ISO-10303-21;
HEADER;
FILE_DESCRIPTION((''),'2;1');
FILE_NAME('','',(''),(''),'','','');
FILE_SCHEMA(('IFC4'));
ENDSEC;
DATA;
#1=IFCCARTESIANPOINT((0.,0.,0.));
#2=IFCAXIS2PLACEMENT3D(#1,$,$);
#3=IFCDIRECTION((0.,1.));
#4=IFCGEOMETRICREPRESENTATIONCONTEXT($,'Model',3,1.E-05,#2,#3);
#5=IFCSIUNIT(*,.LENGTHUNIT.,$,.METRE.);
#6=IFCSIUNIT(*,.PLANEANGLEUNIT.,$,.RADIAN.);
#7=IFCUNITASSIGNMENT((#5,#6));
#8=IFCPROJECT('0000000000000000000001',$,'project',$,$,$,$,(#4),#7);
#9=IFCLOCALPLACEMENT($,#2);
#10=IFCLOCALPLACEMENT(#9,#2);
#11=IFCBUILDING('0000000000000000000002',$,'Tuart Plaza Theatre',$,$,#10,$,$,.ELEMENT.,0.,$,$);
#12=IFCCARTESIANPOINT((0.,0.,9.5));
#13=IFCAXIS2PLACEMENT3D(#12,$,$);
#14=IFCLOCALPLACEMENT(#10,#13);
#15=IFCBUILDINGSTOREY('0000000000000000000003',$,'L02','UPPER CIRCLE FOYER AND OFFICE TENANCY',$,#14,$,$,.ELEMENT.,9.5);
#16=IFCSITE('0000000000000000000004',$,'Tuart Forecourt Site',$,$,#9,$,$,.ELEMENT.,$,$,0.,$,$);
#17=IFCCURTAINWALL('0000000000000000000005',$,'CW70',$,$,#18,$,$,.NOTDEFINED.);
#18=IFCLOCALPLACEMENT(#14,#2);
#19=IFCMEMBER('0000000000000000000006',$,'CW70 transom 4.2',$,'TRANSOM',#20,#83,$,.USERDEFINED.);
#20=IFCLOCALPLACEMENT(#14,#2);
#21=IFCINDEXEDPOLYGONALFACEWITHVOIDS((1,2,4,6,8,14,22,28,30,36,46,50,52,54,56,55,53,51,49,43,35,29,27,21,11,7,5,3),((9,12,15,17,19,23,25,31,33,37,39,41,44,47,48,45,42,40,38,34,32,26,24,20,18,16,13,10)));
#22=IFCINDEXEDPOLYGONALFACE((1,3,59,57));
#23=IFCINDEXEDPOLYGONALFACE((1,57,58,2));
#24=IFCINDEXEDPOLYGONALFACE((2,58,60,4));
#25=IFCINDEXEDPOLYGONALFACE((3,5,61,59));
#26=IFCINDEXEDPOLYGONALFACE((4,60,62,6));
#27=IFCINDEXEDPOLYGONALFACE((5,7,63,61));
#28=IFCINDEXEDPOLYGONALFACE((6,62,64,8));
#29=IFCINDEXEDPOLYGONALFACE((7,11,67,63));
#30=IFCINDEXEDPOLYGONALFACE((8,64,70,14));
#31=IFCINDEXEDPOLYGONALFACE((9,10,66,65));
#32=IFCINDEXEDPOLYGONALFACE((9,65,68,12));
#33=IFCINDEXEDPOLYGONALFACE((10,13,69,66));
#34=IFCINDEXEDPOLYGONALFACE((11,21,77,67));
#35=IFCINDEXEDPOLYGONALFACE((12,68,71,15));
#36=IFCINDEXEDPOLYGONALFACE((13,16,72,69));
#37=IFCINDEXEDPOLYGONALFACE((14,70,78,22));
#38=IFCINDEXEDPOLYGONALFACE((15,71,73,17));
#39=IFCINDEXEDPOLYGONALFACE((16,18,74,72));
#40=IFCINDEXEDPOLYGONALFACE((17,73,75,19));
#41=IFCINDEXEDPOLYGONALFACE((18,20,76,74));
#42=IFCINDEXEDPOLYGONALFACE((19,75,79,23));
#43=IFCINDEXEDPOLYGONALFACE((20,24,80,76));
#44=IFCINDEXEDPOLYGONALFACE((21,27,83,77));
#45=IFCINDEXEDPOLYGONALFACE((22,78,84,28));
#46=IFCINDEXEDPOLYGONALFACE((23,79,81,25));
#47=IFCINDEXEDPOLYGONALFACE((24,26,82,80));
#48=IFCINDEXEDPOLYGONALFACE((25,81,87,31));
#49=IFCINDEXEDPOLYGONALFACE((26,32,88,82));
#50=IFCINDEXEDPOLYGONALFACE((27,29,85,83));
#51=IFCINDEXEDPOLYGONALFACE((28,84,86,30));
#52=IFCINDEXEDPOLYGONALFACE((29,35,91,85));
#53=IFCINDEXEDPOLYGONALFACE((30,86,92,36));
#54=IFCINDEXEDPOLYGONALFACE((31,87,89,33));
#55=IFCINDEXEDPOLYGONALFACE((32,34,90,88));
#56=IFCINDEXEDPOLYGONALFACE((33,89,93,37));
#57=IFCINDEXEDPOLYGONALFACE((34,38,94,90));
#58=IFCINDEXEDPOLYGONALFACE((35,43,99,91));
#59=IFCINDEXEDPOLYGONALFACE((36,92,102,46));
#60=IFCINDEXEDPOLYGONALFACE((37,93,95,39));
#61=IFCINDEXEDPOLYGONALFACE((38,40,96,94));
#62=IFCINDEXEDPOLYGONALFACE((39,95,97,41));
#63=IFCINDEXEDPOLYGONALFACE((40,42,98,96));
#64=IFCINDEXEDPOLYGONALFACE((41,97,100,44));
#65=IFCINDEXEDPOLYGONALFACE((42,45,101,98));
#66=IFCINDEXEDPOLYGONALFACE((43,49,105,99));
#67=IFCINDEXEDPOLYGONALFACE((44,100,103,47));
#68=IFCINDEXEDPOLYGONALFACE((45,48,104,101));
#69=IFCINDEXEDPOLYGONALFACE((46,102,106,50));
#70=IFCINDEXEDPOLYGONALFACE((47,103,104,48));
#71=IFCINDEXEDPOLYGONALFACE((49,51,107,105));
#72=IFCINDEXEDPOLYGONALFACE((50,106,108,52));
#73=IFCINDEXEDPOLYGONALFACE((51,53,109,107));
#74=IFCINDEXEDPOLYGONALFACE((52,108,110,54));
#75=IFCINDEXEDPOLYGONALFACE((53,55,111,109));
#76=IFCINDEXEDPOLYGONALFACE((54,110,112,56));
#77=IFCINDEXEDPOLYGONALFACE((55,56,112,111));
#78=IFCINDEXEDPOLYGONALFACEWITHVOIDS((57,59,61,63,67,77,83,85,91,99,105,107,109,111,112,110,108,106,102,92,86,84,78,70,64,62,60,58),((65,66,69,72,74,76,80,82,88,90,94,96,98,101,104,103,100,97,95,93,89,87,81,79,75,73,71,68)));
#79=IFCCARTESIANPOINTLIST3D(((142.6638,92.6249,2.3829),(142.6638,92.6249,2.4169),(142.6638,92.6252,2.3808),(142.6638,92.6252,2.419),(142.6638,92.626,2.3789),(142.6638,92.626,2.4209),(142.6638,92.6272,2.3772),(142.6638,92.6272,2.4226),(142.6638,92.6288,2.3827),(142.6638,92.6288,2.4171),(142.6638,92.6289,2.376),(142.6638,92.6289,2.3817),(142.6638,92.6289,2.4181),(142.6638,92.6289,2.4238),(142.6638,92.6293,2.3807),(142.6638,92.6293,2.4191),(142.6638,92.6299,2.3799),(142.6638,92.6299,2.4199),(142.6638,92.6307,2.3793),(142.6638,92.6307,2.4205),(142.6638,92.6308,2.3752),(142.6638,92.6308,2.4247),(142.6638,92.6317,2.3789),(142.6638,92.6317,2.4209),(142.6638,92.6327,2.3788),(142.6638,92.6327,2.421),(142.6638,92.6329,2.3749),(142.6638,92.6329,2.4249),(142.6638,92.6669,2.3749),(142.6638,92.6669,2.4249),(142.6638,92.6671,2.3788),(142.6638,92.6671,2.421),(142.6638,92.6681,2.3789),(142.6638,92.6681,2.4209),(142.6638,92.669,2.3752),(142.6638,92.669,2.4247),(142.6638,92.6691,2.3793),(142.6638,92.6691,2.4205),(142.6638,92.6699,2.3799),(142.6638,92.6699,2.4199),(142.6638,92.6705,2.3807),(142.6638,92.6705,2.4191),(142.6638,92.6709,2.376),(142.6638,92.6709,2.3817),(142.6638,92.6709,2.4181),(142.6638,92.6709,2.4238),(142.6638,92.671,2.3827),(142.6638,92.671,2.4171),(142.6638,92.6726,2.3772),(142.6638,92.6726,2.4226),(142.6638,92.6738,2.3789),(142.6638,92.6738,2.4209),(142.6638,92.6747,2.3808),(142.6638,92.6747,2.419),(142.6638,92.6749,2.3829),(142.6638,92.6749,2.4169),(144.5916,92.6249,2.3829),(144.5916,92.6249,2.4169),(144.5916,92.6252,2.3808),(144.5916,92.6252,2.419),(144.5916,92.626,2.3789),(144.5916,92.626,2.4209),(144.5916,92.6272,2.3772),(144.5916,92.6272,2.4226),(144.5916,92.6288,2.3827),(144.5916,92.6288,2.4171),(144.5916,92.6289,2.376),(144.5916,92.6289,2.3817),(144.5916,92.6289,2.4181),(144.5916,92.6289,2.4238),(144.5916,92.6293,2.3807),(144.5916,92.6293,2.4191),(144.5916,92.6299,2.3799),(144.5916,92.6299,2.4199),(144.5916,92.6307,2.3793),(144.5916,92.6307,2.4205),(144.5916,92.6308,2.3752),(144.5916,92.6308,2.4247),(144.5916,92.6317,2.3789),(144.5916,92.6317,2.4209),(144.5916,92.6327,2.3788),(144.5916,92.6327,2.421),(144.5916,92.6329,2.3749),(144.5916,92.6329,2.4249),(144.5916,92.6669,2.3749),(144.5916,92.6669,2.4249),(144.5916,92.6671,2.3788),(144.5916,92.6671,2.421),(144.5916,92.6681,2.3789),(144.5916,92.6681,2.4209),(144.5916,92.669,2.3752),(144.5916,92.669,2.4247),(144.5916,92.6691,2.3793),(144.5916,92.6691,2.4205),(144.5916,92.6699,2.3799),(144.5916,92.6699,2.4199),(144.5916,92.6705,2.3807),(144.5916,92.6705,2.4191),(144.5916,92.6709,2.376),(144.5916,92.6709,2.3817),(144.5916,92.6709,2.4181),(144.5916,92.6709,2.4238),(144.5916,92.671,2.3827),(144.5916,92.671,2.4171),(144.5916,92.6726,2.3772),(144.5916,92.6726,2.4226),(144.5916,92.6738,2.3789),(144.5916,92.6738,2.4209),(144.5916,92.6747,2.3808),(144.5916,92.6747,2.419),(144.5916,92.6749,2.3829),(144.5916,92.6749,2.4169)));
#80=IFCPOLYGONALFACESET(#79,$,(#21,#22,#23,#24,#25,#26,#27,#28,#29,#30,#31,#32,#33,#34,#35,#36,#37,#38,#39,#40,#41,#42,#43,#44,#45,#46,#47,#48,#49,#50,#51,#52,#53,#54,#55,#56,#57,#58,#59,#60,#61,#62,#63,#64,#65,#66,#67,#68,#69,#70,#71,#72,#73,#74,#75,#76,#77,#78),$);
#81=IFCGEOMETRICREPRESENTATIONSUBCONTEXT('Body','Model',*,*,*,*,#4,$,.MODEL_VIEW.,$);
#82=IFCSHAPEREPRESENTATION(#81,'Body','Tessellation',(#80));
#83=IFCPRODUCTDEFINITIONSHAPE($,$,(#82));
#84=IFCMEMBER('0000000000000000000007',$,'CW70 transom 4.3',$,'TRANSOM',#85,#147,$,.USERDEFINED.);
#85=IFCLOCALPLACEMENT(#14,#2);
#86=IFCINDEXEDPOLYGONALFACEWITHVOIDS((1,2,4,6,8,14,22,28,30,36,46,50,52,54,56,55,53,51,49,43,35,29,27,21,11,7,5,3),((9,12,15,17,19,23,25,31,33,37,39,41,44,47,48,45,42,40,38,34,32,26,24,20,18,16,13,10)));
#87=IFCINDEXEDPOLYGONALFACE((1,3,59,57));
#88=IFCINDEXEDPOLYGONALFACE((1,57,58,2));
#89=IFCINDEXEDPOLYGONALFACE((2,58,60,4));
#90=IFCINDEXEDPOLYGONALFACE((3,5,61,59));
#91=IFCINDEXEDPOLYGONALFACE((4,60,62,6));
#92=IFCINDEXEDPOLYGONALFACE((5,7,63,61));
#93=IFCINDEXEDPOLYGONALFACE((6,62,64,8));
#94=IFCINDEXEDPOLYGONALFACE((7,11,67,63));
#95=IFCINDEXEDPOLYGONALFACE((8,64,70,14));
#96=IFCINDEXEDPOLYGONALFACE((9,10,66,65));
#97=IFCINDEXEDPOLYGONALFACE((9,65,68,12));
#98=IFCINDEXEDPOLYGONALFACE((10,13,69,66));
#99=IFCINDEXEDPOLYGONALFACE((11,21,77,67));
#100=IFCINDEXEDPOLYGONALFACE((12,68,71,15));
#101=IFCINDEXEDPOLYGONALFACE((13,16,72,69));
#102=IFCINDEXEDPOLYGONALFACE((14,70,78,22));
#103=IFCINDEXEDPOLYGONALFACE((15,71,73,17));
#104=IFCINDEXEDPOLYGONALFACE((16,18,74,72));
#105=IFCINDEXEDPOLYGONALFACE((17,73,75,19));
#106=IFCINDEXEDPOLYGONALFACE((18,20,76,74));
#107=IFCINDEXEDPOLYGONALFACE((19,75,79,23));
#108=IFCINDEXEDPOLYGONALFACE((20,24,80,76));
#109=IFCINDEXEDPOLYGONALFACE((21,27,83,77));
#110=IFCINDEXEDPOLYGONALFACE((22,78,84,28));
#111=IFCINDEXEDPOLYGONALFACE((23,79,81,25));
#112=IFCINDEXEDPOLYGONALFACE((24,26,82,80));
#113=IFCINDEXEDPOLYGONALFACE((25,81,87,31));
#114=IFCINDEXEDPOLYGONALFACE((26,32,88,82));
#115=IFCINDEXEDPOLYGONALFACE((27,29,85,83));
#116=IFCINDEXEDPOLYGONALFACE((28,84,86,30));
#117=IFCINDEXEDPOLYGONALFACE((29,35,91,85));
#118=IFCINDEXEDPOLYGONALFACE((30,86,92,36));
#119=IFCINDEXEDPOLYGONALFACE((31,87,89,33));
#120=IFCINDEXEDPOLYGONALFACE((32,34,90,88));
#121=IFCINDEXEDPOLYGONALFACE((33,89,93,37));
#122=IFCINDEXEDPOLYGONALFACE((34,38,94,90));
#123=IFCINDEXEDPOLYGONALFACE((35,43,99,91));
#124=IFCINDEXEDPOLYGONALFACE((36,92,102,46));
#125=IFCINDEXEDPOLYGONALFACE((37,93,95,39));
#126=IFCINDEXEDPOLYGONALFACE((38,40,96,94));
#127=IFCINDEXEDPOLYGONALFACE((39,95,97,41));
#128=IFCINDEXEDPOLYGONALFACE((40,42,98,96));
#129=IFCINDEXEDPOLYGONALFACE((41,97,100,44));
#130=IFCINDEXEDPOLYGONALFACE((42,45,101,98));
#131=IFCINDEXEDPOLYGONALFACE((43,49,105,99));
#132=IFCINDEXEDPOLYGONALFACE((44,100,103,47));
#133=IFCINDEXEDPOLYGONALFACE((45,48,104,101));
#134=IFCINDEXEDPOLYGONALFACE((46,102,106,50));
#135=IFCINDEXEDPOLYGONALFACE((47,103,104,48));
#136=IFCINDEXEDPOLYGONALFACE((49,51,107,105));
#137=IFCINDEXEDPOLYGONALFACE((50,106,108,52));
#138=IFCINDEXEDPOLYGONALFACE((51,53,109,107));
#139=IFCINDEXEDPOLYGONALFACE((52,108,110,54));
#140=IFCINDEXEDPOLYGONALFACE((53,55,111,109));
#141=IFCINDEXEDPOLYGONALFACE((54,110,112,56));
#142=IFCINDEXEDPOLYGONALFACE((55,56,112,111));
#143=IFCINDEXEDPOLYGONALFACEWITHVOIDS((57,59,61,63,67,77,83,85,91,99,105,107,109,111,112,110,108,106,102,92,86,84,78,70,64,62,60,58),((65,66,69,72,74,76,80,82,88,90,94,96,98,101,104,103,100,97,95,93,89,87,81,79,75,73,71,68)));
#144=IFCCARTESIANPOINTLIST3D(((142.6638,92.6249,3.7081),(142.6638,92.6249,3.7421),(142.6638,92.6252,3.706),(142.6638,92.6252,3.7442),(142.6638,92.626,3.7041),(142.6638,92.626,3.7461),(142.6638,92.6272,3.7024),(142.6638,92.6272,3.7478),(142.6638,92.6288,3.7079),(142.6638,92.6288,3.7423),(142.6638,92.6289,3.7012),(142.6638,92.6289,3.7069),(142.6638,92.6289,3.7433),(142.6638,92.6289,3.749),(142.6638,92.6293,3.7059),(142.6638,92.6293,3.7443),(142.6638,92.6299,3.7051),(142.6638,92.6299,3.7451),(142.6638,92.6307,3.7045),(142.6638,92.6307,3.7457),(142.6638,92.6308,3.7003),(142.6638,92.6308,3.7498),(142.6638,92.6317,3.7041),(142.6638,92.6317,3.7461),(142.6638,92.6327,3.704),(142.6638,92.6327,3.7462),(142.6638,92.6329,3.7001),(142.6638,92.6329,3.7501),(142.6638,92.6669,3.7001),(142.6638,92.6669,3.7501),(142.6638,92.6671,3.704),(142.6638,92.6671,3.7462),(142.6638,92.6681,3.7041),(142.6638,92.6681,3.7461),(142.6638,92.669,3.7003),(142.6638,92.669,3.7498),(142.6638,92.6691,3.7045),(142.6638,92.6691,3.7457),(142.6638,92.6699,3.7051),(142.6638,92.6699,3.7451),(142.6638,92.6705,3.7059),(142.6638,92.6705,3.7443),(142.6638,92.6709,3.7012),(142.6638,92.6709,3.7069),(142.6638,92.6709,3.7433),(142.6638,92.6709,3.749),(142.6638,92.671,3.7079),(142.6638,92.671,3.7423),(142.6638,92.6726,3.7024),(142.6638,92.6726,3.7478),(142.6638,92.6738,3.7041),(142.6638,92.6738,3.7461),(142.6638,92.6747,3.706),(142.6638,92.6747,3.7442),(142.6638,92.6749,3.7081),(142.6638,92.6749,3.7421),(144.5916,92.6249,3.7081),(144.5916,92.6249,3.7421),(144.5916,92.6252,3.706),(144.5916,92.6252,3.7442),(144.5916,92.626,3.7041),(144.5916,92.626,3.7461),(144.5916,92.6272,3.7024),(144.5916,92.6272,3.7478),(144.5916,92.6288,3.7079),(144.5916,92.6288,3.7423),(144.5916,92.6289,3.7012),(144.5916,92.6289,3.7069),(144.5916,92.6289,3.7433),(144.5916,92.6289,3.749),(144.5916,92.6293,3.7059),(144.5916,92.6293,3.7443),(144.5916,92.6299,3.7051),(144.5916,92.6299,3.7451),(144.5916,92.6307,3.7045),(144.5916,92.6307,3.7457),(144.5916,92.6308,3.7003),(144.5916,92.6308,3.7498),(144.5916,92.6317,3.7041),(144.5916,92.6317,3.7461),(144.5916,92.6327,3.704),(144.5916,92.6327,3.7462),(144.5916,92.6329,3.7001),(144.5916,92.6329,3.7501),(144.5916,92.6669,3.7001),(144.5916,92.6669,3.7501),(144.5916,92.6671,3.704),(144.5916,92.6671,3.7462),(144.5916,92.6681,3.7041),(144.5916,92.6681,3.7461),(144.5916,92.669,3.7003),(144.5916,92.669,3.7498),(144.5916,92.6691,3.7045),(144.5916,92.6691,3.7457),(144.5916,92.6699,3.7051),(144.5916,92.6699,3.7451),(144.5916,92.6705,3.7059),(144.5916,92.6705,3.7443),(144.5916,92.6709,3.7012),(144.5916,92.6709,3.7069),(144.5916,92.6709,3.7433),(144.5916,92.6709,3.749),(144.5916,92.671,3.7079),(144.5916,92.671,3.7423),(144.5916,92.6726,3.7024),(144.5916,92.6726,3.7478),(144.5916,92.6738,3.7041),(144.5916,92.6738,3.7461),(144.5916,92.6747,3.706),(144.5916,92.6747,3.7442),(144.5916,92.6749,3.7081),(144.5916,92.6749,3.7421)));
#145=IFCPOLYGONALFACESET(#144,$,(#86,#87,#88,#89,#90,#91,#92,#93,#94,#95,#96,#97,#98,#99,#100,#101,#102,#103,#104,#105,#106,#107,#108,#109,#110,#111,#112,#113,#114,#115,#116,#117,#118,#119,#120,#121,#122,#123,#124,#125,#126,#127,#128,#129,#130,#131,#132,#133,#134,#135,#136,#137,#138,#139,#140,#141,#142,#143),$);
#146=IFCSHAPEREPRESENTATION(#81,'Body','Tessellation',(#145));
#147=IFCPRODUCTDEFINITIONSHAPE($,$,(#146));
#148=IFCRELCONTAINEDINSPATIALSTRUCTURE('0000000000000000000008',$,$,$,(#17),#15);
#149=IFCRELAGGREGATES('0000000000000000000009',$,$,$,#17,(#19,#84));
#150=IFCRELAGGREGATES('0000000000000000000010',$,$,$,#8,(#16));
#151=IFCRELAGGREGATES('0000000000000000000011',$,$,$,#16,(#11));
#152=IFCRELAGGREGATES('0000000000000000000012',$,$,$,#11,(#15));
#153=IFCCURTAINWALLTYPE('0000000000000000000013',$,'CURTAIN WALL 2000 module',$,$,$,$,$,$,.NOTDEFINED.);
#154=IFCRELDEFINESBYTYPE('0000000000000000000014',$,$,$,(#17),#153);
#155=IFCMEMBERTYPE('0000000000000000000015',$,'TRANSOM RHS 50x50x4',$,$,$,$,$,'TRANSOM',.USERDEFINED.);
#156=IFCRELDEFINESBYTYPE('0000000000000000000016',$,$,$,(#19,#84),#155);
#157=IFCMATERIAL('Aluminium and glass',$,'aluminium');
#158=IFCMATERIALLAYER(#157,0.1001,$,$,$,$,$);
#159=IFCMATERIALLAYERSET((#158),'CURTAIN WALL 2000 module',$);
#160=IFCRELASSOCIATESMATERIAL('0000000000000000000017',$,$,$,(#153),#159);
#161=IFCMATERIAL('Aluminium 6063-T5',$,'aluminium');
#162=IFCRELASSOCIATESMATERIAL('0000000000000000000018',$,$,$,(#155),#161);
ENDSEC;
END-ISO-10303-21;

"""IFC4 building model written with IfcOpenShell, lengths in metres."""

from ifc_helpers import new_model, si_unit, direction, frame, origin, origin_2d, place, context, subcontext, project, spatial, hollow_rectangle, extrude, material, layer, layer_set, material_profile, profile_set, type_object, element, aggregate, save


model = new_model("IFC4")

# Units and contexts
model_context = context("Model", 3, precision=1e-05, world=origin(), true_north=direction((0.0, 1.0)))
body_context = subcontext(model_context, "Body", "Model", "MODEL_VIEW")
ifc_project = project(units=[si_unit("LENGTHUNIT", "METRE"), si_unit("PLANEANGLEUNIT", "RADIAN")], contexts=[model_context])

# Site, building, storey
site_placement = place(None, origin())
site = spatial("IfcSite", under=ifc_project, at=site_placement, Name="Tuart Forecourt Site", CompositionType="ELEMENT", RefElevation=0.0)
building_placement = place(site_placement, origin())
building = spatial("IfcBuilding", under=site, at=building_placement, Name="Tuart Plaza Theatre", CompositionType="ELEMENT", ElevationOfRefHeight=0.0)
storey_placement = place(building_placement, frame((0.0, 0.0, 9.5)))
storey = spatial("IfcBuildingStorey", under=building, at=storey_placement, Name="L02", Description="UPPER CIRCLE FOYER AND OFFICE TENANCY", CompositionType="ELEMENT", Elevation=9.5)

# Curtain wall, members
ifc_material_1 = material(Name="Aluminium and glass", Category="aluminium")
ifc_layer_1 = layer(ifc_material_1, 0.1001)
ifc_layer_set_1 = layer_set([ifc_layer_1], Name="CURTAIN WALL 2000 module")
curtain_wall_type = type_object("IfcCurtainWallType", Name="CURTAIN WALL 2000 module", PredefinedType="NOTDEFINED", material=ifc_layer_set_1)
curtain_wall_placement = place(storey_placement, origin())
curtain_wall = element("IfcCurtainWall", 1, at=curtain_wall_placement, inside=storey, type_object=curtain_wall_type, Name="CW70", PredefinedType="NOTDEFINED")
ifc_material_2 = material(Name="Aluminium 6063-T5", Category="aluminium")
ifc_material_profile_1 = material_profile(ifc_material_2, hollow_rectangle(XDim=0.05, YDim=0.05, WallThickness=0.0039, InnerFilletRadius=0.0039, OuterFilletRadius=0.0081, at=origin_2d()), Name="RHS 50x50x4")
ifc_profile_set_1 = profile_set([ifc_material_profile_1], Name="Aluminium 6063-T5")
member_type_1 = type_object("IfcMemberType", Name="TRANSOM RHS 50x50x4", ElementType="TRANSOM", PredefinedType="USERDEFINED", material=ifc_profile_set_1)
member_1_placement = place(storey_placement, frame((144.5916, 92.6499, 2.3999), z_axis=(-1.0, 0.0, 0.0), x_axis=(0.0, -1.0, 0.0)))
member_1 = element("IfcMember", 2, at=member_1_placement, type_object=member_type_1, Name="CW70 transom 4.2", ObjectType="TRANSOM", PredefinedType="USERDEFINED", context=body_context, shape_type="SweptSolid", body=[
    extrude(hollow_rectangle(XDim=0.05, YDim=0.05, WallThickness=0.0039, InnerFilletRadius=0.0039, OuterFilletRadius=0.0081, at=origin_2d()), origin(), (0.0, 0.0, 1.0), 1.9277),
])
member_2_placement = place(storey_placement, frame((144.5916, 92.6499, 3.7251), z_axis=(-1.0, 0.0, 0.0), x_axis=(0.0, -1.0, 0.0)))
member_2 = element("IfcMember", 3, at=member_2_placement, type_object=member_type_1, Name="CW70 transom 4.3", ObjectType="TRANSOM", PredefinedType="USERDEFINED", context=body_context, shape_type="SweptSolid", body=[
    extrude(hollow_rectangle(XDim=0.05, YDim=0.05, WallThickness=0.0039, InnerFilletRadius=0.0039, OuterFilletRadius=0.0081, at=origin_2d()), origin(), (0.0, 0.0, 1.0), 1.9277),
])
aggregate(curtain_wall, [member_1, member_2])

save(model, "model.ifc")
